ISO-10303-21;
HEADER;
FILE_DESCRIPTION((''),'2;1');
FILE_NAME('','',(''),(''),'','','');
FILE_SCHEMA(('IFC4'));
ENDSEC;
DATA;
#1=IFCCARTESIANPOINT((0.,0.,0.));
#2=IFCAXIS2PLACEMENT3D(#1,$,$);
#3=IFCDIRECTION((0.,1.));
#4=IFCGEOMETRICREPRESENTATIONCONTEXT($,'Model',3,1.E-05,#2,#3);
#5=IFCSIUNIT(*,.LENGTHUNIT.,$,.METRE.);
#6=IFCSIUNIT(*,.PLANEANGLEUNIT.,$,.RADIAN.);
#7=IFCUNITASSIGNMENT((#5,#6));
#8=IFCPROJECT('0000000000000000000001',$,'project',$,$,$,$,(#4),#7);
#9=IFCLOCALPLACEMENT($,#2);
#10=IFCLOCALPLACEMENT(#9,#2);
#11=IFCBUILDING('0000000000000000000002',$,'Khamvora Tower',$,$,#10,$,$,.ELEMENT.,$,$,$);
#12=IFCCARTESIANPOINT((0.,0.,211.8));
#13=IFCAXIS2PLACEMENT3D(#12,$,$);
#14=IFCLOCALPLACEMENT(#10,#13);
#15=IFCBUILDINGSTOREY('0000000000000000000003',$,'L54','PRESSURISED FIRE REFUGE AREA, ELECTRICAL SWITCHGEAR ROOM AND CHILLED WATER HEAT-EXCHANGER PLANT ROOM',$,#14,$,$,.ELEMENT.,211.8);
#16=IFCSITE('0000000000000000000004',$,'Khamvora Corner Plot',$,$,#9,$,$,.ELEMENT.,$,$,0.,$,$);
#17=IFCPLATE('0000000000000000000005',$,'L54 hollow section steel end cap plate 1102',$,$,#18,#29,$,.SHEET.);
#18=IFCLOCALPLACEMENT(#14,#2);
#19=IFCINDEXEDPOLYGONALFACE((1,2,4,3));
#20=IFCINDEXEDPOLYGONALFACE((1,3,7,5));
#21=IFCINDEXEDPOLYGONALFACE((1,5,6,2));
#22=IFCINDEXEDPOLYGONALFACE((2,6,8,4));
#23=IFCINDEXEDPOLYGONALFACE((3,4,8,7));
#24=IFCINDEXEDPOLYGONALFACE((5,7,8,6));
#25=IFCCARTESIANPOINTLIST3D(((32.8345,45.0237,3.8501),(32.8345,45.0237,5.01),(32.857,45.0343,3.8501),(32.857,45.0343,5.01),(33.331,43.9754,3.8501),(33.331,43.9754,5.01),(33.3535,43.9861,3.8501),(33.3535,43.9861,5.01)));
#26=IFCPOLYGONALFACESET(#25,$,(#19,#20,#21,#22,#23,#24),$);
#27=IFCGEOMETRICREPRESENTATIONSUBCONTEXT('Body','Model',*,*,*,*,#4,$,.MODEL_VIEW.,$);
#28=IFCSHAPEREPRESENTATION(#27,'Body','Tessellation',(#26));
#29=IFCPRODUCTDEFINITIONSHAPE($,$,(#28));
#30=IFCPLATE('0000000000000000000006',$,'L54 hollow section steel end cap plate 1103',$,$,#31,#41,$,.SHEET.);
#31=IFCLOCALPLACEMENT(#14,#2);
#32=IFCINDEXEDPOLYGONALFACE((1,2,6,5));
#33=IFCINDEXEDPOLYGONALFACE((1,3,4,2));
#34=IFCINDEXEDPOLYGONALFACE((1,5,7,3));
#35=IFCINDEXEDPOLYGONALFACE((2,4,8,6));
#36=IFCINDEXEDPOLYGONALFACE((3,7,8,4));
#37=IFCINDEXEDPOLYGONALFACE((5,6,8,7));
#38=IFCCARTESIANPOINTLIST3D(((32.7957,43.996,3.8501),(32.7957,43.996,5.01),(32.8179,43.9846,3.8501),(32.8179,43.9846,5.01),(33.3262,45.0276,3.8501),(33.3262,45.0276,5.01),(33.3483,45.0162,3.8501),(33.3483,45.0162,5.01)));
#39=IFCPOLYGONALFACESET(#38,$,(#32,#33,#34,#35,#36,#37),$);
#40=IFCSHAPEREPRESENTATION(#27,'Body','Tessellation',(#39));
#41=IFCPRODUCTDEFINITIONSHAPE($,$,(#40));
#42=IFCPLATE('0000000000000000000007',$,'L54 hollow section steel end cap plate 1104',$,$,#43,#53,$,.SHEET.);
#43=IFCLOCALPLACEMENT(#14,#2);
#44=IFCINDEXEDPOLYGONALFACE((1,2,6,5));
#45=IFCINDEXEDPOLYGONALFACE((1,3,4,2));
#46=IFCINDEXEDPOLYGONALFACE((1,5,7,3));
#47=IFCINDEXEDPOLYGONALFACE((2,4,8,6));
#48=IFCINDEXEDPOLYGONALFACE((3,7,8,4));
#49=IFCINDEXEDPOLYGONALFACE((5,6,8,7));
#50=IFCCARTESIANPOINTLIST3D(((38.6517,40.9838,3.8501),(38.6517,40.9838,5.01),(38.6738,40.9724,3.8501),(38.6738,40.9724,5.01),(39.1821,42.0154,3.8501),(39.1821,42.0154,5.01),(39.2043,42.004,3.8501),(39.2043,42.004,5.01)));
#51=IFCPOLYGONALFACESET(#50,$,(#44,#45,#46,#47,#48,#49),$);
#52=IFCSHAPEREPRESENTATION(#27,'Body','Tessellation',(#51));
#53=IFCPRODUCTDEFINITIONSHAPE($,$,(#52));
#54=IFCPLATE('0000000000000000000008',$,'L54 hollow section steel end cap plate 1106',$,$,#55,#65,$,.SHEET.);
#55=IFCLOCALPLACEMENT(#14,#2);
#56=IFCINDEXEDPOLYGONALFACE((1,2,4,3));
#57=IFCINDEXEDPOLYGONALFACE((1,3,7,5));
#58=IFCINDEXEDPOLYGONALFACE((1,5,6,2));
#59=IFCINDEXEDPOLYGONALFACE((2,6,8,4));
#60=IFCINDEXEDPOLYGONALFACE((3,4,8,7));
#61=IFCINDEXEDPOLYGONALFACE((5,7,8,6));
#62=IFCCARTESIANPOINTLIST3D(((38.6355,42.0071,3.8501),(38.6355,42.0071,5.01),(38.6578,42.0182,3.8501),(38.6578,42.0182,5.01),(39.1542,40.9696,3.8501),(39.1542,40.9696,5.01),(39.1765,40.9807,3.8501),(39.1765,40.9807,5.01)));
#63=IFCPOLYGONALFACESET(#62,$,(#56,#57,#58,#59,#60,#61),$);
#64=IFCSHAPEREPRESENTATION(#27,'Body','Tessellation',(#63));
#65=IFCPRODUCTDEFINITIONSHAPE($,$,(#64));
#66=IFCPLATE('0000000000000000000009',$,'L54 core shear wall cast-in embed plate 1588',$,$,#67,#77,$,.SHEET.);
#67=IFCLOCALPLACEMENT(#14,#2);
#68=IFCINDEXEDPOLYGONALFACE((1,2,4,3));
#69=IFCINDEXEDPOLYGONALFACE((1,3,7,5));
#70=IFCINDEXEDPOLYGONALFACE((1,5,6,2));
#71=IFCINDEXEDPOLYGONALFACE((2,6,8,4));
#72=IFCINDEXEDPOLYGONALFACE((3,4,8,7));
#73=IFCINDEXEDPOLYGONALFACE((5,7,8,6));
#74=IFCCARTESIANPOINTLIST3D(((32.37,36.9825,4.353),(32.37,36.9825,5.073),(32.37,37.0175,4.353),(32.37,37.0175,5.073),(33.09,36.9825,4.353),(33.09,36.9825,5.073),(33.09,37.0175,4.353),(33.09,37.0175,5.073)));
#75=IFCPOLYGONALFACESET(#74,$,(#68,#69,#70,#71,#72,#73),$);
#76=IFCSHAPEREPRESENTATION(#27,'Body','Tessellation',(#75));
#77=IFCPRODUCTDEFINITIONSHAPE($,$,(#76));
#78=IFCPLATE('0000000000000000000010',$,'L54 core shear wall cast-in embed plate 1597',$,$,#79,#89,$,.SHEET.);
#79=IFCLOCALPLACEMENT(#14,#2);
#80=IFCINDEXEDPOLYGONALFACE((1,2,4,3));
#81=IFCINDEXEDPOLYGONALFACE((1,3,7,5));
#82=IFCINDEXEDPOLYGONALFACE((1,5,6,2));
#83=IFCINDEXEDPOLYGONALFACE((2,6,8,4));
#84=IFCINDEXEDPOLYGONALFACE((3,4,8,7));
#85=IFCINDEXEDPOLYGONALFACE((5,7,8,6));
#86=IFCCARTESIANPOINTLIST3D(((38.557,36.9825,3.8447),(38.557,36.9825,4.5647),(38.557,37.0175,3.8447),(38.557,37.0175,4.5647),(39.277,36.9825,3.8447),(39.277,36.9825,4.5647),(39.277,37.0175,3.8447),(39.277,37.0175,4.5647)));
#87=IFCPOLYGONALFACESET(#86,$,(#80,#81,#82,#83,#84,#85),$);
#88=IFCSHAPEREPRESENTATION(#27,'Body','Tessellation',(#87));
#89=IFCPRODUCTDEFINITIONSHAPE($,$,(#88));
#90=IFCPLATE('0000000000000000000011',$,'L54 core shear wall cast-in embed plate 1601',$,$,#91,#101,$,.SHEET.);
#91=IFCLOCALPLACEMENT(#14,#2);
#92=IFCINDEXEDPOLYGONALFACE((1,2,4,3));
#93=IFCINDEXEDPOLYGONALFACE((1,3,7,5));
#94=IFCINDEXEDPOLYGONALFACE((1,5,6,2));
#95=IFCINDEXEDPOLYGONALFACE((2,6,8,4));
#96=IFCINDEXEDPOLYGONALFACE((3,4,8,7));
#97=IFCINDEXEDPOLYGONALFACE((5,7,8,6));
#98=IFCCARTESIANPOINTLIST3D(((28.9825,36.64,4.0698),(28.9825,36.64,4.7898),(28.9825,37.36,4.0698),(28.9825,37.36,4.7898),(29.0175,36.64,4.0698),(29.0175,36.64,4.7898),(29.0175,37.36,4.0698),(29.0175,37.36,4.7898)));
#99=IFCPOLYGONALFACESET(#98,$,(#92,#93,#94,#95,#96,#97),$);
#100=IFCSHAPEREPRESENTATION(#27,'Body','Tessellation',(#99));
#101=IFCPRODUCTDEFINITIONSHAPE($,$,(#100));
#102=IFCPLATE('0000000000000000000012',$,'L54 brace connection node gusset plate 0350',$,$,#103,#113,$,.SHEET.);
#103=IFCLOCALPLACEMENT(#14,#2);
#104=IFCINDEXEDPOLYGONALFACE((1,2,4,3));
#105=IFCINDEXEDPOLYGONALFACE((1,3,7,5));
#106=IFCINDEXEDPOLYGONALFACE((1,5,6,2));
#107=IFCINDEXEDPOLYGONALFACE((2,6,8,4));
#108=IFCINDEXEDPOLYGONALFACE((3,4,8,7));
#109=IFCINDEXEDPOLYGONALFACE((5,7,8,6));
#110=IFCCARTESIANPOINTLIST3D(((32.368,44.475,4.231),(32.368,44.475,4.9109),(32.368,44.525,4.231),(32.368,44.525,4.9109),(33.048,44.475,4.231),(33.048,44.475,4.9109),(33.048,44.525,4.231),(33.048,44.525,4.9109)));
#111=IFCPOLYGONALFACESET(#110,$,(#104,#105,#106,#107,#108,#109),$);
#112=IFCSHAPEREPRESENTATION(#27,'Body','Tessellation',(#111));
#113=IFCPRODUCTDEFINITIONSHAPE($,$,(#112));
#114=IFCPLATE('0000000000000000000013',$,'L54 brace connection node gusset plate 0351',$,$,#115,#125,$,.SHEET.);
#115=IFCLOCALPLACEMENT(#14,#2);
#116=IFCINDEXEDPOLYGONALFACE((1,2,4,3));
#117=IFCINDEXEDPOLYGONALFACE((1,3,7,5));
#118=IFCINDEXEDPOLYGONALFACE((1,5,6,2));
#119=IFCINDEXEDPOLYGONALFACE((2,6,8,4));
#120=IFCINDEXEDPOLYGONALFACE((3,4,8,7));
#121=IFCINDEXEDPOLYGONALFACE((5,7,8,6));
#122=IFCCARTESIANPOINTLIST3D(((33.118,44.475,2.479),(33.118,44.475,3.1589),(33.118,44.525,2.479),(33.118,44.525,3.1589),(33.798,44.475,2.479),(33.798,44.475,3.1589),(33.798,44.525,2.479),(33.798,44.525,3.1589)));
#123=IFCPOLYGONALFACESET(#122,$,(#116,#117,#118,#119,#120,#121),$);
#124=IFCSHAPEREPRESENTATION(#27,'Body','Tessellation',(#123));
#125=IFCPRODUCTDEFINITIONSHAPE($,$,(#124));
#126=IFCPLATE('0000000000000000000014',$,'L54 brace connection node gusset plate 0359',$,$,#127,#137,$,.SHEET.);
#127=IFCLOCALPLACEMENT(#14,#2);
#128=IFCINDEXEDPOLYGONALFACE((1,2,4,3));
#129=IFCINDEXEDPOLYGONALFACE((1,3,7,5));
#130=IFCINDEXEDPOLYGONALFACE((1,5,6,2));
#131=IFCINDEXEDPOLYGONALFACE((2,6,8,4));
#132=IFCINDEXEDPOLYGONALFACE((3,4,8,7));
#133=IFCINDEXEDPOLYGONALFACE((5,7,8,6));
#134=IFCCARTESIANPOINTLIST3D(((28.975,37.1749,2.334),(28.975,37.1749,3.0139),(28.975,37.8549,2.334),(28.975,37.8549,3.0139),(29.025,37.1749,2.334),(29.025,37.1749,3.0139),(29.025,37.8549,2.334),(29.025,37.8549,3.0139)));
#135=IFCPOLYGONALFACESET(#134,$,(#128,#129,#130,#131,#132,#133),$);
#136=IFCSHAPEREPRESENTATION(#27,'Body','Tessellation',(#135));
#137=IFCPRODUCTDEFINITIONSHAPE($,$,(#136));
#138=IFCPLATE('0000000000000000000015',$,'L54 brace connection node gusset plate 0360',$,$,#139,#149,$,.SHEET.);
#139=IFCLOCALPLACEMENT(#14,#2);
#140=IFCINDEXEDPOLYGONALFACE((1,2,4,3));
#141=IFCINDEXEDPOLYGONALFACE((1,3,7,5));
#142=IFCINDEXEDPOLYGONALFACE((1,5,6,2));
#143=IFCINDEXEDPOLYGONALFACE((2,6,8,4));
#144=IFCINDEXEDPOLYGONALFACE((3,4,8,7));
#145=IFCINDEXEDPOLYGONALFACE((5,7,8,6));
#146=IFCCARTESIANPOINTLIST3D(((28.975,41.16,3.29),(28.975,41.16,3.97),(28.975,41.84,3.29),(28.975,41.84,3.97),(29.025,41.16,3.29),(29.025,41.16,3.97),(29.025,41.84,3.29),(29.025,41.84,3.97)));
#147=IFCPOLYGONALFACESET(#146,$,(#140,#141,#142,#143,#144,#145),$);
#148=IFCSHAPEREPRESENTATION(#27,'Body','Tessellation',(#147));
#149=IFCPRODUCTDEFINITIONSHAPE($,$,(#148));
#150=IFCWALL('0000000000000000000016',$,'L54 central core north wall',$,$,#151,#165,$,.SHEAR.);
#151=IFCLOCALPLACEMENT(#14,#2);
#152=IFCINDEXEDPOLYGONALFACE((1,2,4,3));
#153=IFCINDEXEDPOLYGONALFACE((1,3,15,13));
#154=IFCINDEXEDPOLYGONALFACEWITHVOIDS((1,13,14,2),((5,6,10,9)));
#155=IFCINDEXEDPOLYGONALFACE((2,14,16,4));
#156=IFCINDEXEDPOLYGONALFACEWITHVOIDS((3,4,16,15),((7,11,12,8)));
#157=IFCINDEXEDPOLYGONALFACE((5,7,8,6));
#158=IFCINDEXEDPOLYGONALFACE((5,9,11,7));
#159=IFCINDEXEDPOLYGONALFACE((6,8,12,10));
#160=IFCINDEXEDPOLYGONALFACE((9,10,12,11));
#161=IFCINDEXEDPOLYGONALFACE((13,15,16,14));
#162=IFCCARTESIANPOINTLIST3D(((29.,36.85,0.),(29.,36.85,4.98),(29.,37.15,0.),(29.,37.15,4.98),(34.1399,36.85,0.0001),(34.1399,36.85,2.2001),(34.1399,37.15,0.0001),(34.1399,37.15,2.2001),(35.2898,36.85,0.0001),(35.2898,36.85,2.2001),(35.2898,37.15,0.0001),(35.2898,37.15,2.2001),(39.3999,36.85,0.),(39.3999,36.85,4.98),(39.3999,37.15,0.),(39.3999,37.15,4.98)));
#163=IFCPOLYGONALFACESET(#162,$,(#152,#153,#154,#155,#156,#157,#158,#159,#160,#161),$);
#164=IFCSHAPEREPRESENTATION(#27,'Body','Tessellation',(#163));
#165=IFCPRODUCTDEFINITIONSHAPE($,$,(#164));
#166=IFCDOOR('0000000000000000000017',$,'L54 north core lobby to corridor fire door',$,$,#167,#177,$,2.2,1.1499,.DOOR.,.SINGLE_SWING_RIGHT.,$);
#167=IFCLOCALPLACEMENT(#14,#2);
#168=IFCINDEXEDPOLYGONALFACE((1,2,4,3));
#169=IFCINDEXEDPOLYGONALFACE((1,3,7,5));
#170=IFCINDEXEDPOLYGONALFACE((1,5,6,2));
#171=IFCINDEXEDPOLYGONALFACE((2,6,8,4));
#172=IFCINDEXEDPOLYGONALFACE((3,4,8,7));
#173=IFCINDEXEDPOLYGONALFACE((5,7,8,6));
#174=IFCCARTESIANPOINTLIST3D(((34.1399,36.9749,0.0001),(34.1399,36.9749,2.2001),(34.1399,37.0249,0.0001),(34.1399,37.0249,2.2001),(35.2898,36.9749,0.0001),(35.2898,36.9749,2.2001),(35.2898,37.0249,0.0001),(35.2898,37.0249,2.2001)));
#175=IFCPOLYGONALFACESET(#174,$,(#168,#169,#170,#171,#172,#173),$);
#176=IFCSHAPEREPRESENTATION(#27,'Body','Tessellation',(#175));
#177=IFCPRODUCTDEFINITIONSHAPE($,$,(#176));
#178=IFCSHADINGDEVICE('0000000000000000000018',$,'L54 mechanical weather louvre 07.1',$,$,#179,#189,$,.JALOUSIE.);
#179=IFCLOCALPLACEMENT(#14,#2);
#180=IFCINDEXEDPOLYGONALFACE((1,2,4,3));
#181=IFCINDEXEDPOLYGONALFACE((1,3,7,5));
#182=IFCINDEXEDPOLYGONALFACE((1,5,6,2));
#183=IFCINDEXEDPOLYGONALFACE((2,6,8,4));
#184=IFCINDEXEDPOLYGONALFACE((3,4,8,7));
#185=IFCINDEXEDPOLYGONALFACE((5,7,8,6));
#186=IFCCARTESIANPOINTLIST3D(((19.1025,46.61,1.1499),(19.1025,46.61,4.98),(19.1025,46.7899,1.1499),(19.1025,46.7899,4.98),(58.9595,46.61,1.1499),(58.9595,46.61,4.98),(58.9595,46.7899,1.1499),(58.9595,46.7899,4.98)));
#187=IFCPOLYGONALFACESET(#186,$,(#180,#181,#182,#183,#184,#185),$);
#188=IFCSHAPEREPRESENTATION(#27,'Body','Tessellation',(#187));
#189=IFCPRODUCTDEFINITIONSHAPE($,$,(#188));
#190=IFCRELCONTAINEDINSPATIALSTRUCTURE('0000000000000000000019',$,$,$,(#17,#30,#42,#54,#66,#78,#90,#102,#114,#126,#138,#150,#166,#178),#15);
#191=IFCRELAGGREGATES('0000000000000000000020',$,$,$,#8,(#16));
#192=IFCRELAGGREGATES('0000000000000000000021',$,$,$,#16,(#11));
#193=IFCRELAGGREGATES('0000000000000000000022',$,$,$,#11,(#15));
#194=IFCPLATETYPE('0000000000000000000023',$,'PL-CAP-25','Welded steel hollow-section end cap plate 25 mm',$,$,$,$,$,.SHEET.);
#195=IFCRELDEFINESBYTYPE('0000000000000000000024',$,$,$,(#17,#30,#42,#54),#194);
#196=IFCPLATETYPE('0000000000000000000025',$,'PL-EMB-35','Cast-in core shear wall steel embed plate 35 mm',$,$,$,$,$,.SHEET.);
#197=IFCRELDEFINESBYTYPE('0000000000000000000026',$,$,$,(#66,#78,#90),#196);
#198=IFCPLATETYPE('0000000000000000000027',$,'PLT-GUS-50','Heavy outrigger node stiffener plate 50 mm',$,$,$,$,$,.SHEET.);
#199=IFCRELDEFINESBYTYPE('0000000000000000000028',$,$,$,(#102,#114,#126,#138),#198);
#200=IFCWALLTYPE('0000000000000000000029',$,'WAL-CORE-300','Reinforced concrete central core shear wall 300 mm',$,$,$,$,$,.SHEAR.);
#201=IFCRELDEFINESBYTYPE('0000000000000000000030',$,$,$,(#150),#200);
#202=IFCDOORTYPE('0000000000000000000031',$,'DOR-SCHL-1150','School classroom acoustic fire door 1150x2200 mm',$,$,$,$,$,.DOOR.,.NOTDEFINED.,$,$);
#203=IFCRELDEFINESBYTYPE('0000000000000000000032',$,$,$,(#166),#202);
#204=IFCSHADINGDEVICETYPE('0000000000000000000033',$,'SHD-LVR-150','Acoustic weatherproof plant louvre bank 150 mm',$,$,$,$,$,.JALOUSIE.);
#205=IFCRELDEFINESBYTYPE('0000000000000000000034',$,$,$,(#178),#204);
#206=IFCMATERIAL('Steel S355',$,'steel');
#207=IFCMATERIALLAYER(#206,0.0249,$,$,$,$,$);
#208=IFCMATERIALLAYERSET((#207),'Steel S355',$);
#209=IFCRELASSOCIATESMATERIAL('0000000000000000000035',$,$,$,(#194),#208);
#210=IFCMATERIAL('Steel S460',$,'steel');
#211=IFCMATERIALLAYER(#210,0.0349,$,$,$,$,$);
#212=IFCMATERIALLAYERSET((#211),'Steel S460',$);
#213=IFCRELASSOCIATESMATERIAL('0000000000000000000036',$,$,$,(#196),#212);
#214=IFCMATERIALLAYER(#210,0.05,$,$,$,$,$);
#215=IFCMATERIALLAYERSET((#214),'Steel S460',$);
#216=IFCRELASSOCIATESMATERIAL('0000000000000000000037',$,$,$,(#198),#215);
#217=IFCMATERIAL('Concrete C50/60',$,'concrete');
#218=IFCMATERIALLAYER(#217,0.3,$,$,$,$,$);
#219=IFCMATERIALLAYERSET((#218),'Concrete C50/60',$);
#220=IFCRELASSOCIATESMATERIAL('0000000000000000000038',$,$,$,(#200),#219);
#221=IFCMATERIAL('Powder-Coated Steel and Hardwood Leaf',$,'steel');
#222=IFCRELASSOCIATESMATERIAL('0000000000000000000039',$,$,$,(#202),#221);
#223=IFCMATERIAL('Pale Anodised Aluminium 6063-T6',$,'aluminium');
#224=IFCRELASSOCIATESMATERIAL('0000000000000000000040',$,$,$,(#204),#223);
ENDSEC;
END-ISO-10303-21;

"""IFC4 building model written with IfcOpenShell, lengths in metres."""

from ifc_helpers import new_model, si_unit, direction, frame, frame_2d, origin, origin_2d, place, context, subcontext, project, spatial, rectangle, extrude, material, layer, layer_set, type_object, element, fill, save


model = new_model("IFC4")

# Units and contexts
model_context = context("Model", 3, precision=1e-05, world=origin(), true_north=direction((0.0, 1.0)))
body_context = subcontext(model_context, "Body", "Model", "MODEL_VIEW")
ifc_project = project(units=[si_unit("LENGTHUNIT", "METRE"), si_unit("PLANEANGLEUNIT", "RADIAN")], contexts=[model_context])

# Site, building, storey
site_placement = place(None, origin())
site = spatial("IfcSite", under=ifc_project, at=site_placement, Name="Khamvora Corner Plot", CompositionType="ELEMENT", RefElevation=0.0)
building_placement = place(site_placement, origin())
building = spatial("IfcBuilding", under=site, at=building_placement, Name="Khamvora Tower", CompositionType="ELEMENT")
storey_placement = place(building_placement, frame((0.0, 0.0, 211.8)))
storey = spatial("IfcBuildingStorey", under=building, at=storey_placement, Name="L54", Description="PRESSURISED FIRE REFUGE AREA, ELECTRICAL SWITCHGEAR ROOM AND CHILLED WATER HEAT-EXCHANGER PLANT ROOM", CompositionType="ELEMENT", Elevation=211.8)

# Shared definitions
ifc_material_1 = material(Name="Steel S355", Category="steel")

# Shared definitions
ifc_material_2 = material(Name="Steel S460", Category="steel")

# Plates
ifc_layer_1 = layer(ifc_material_1, 0.0249)
ifc_layer_set_1 = layer_set([ifc_layer_1], Name="Steel S355")
plate_type_1 = type_object("IfcPlateType", Name="PL-CAP-25", Description="Welded steel hollow-section end cap plate 25 mm", PredefinedType="SHEET", material=ifc_layer_set_1)
for number, where, z_axis, x_axis, name in (
    (1, (33.094, 44.5049, 3.8501), (0.0, 0.0, 1.0), (-0.903732, -0.428099, 0.0), "L54 hollow section steel end cap plate 1102"),
    (2, (33.072, 44.5061, 3.8501), (0.0, 0.0, 1.0), (0.889313, -0.4573, 0.0), "L54 hollow section steel end cap plate 1103"),
    (3, (38.928, 41.4939, 3.8501), (0.0, 0.0, 1.0), (0.889313, -0.4573, 0.0), "L54 hollow section steel end cap plate 1104"),
    (4, (38.906, 41.4939, 3.8501), (0.0, 0.0, 1.0), (-0.894428, -0.447213, 0.0), "L54 hollow section steel end cap plate 1106"),
):
    element("IfcPlate", number, at=place(storey_placement, frame(where, z_axis=z_axis, x_axis=x_axis)), inside=storey, type_object=plate_type_1, Name=name, PredefinedType="SHEET", context=body_context, shape_type="SweptSolid", body=[
        extrude(rectangle(XDim=0.0249, YDim=1.1599, at=origin_2d()), origin(), (0.0, 0.0, 1.0), 1.1599),
    ])
ifc_layer_2 = layer(ifc_material_2, 0.0349)
ifc_layer_set_2 = layer_set([ifc_layer_2], Name="Steel S460")
plate_type_2 = type_object("IfcPlateType", Name="PL-EMB-35", Description="Cast-in core shear wall steel embed plate 35 mm", PredefinedType="SHEET", material=ifc_layer_set_2)
for number, where, z_axis, x_axis, name in (
    (5, (32.73, 37.0, 4.353), (0.0, 0.0, 1.0), (1.0, 0.0, 0.0), "L54 core shear wall cast-in embed plate 1588"),
    (6, (38.917, 37.0, 3.8447), (0.0, 0.0, 1.0), (1.0, 0.0, 0.0), "L54 core shear wall cast-in embed plate 1597"),
):
    element("IfcPlate", number, at=place(storey_placement, frame(where, z_axis=z_axis, x_axis=x_axis)), inside=storey, type_object=plate_type_2, Name=name, PredefinedType="SHEET", context=body_context, shape_type="SweptSolid", body=[
        extrude(rectangle(XDim=0.72, YDim=0.0349, at=origin_2d()), origin(), (0.0, 0.0, 1.0), 0.72),
    ])
plate_1_placement = place(storey_placement, frame((29.0, 37.0, 4.0698), z_axis=(0.0, 0.0, 1.0), x_axis=(1.0, 0.0, 0.0)))
element("IfcPlate", 7, at=plate_1_placement, inside=storey, type_object=plate_type_2, Name="L54 core shear wall cast-in embed plate 1601", PredefinedType="SHEET", context=body_context, shape_type="SweptSolid", body=[
    extrude(rectangle(XDim=0.0349, YDim=0.72, at=origin_2d()), origin(), (0.0, 0.0, 1.0), 0.72),
])
ifc_layer_3 = layer(ifc_material_2, 0.05)
ifc_layer_set_3 = layer_set([ifc_layer_3], Name="Steel S460")
plate_type_3 = type_object("IfcPlateType", Name="PLT-GUS-50", Description="Heavy outrigger node stiffener plate 50 mm", PredefinedType="SHEET", material=ifc_layer_set_3)
for number, where, z_axis, x_axis, name in (
    (8, (32.708, 44.5, 4.231), (0.0, 0.0, 1.0), (1.0, 0.0, 0.0), "L54 brace connection node gusset plate 0350"),
    (9, (33.458, 44.5, 2.479), (0.0, 0.0, 1.0), (1.0, 0.0, 0.0), "L54 brace connection node gusset plate 0351"),
    (10, (29.0, 37.5149, 2.334), (0.0, 0.0, 1.0), (0.0, 1.0, 0.0), "L54 brace connection node gusset plate 0359"),
    (11, (29.0, 41.5, 3.29), (0.0, 0.0, 1.0), (0.0, 1.0, 0.0), "L54 brace connection node gusset plate 0360"),
):
    element("IfcPlate", number, at=place(storey_placement, frame(where, z_axis=z_axis, x_axis=x_axis)), inside=storey, type_object=plate_type_3, Name=name, PredefinedType="SHEET", context=body_context, shape_type="SweptSolid", body=[
        extrude(rectangle(XDim=0.6799, YDim=0.05, at=origin_2d()), origin(), (0.0, 0.0, 1.0), 0.6799),
    ])

# Wall, opening, door
ifc_material_3 = material(Name="Concrete C50/60", Category="concrete")
ifc_layer_4 = layer(ifc_material_3, 0.3)
ifc_layer_set_4 = layer_set([ifc_layer_4], Name="Concrete C50/60")
wall_type = type_object("IfcWallType", Name="WAL-CORE-300", Description="Reinforced concrete central core shear wall 300 mm", PredefinedType="SHEAR", material=ifc_layer_set_4)
wall_placement = place(storey_placement, frame((29.0, 37.0, 0.0), z_axis=(0.0, 0.0, 1.0), x_axis=(1.0, 0.0, 0.0)))
wall = element("IfcWall", 12, at=wall_placement, inside=storey, type_object=wall_type, Name="L54 central core north wall", PredefinedType="SHEAR", context=body_context, shape_type="SweptSolid", body=[
    extrude(rectangle(XDim=10.3999, YDim=0.3, at=frame_2d((5.2, 0.0))), origin(), (0.0, 0.0, 1.0), 4.98),
])
opening_placement = place(wall_placement, frame((5.1399, 0.0, 0.0)))
opening = element("IfcOpeningElement", 13, at=opening_placement, cuts=wall, PredefinedType="OPENING", context=body_context, shape_type="SweptSolid", body=[
    extrude(rectangle(XDim=1.1499, YDim=2.2, at=frame_2d((0.575, 1.1001))), frame((0.0, 0.1599, 0.0), z_axis=(0.0, -1.0, 0.0), x_axis=(1.0, 0.0, 0.0)), (0.0, 0.0, 1.0), 0.3201),
])
ifc_material_4 = material(Name="Powder-Coated Steel and Hardwood Leaf", Category="steel")
door_type = type_object("IfcDoorType", Name="DOR-SCHL-1150", Description="School classroom acoustic fire door 1150x2200 mm", OperationType="NOTDEFINED", PredefinedType="DOOR", material=ifc_material_4)
door_placement = place(opening_placement, origin())
door = element("IfcDoor", 14, at=door_placement, inside=storey, type_object=door_type, Name="L54 north core lobby to corridor fire door", OperationType="SINGLE_SWING_RIGHT", OverallHeight=2.2, OverallWidth=1.1499, PredefinedType="DOOR", context=body_context, shape_type="SweptSolid", body=[
    extrude(rectangle(XDim=1.1499, YDim=2.2, at=frame_2d((0.575, 1.1001))), frame((0.0, 0.0249, 0.0), z_axis=(0.0, -1.0, 0.0), x_axis=(1.0, 0.0, 0.0)), (0.0, 0.0, 1.0), 0.05),
])
fill(opening, door)

# Shading device
ifc_material_5 = material(Name="Pale Anodised Aluminium 6063-T6", Category="aluminium")
shading_device_type = type_object("IfcShadingDeviceType", Name="SHD-LVR-150", Description="Acoustic weatherproof plant louvre bank 150 mm", PredefinedType="JALOUSIE", material=ifc_material_5)
shading_device_placement = place(storey_placement, frame((39.031, 46.7, 1.1499), z_axis=(0.0, 0.0, 1.0), x_axis=(1.0, 0.0, 0.0)))
element("IfcShadingDevice", 15, at=shading_device_placement, inside=storey, type_object=shading_device_type, Name="L54 mechanical weather louvre 07.1", PredefinedType="JALOUSIE", context=body_context, shape_type="SweptSolid", body=[
    extrude(rectangle(XDim=39.8569, YDim=0.1799, at=origin_2d()), origin(), (0.0, 0.0, 1.0), 3.8301),
])

save(model, "model.ifc")
